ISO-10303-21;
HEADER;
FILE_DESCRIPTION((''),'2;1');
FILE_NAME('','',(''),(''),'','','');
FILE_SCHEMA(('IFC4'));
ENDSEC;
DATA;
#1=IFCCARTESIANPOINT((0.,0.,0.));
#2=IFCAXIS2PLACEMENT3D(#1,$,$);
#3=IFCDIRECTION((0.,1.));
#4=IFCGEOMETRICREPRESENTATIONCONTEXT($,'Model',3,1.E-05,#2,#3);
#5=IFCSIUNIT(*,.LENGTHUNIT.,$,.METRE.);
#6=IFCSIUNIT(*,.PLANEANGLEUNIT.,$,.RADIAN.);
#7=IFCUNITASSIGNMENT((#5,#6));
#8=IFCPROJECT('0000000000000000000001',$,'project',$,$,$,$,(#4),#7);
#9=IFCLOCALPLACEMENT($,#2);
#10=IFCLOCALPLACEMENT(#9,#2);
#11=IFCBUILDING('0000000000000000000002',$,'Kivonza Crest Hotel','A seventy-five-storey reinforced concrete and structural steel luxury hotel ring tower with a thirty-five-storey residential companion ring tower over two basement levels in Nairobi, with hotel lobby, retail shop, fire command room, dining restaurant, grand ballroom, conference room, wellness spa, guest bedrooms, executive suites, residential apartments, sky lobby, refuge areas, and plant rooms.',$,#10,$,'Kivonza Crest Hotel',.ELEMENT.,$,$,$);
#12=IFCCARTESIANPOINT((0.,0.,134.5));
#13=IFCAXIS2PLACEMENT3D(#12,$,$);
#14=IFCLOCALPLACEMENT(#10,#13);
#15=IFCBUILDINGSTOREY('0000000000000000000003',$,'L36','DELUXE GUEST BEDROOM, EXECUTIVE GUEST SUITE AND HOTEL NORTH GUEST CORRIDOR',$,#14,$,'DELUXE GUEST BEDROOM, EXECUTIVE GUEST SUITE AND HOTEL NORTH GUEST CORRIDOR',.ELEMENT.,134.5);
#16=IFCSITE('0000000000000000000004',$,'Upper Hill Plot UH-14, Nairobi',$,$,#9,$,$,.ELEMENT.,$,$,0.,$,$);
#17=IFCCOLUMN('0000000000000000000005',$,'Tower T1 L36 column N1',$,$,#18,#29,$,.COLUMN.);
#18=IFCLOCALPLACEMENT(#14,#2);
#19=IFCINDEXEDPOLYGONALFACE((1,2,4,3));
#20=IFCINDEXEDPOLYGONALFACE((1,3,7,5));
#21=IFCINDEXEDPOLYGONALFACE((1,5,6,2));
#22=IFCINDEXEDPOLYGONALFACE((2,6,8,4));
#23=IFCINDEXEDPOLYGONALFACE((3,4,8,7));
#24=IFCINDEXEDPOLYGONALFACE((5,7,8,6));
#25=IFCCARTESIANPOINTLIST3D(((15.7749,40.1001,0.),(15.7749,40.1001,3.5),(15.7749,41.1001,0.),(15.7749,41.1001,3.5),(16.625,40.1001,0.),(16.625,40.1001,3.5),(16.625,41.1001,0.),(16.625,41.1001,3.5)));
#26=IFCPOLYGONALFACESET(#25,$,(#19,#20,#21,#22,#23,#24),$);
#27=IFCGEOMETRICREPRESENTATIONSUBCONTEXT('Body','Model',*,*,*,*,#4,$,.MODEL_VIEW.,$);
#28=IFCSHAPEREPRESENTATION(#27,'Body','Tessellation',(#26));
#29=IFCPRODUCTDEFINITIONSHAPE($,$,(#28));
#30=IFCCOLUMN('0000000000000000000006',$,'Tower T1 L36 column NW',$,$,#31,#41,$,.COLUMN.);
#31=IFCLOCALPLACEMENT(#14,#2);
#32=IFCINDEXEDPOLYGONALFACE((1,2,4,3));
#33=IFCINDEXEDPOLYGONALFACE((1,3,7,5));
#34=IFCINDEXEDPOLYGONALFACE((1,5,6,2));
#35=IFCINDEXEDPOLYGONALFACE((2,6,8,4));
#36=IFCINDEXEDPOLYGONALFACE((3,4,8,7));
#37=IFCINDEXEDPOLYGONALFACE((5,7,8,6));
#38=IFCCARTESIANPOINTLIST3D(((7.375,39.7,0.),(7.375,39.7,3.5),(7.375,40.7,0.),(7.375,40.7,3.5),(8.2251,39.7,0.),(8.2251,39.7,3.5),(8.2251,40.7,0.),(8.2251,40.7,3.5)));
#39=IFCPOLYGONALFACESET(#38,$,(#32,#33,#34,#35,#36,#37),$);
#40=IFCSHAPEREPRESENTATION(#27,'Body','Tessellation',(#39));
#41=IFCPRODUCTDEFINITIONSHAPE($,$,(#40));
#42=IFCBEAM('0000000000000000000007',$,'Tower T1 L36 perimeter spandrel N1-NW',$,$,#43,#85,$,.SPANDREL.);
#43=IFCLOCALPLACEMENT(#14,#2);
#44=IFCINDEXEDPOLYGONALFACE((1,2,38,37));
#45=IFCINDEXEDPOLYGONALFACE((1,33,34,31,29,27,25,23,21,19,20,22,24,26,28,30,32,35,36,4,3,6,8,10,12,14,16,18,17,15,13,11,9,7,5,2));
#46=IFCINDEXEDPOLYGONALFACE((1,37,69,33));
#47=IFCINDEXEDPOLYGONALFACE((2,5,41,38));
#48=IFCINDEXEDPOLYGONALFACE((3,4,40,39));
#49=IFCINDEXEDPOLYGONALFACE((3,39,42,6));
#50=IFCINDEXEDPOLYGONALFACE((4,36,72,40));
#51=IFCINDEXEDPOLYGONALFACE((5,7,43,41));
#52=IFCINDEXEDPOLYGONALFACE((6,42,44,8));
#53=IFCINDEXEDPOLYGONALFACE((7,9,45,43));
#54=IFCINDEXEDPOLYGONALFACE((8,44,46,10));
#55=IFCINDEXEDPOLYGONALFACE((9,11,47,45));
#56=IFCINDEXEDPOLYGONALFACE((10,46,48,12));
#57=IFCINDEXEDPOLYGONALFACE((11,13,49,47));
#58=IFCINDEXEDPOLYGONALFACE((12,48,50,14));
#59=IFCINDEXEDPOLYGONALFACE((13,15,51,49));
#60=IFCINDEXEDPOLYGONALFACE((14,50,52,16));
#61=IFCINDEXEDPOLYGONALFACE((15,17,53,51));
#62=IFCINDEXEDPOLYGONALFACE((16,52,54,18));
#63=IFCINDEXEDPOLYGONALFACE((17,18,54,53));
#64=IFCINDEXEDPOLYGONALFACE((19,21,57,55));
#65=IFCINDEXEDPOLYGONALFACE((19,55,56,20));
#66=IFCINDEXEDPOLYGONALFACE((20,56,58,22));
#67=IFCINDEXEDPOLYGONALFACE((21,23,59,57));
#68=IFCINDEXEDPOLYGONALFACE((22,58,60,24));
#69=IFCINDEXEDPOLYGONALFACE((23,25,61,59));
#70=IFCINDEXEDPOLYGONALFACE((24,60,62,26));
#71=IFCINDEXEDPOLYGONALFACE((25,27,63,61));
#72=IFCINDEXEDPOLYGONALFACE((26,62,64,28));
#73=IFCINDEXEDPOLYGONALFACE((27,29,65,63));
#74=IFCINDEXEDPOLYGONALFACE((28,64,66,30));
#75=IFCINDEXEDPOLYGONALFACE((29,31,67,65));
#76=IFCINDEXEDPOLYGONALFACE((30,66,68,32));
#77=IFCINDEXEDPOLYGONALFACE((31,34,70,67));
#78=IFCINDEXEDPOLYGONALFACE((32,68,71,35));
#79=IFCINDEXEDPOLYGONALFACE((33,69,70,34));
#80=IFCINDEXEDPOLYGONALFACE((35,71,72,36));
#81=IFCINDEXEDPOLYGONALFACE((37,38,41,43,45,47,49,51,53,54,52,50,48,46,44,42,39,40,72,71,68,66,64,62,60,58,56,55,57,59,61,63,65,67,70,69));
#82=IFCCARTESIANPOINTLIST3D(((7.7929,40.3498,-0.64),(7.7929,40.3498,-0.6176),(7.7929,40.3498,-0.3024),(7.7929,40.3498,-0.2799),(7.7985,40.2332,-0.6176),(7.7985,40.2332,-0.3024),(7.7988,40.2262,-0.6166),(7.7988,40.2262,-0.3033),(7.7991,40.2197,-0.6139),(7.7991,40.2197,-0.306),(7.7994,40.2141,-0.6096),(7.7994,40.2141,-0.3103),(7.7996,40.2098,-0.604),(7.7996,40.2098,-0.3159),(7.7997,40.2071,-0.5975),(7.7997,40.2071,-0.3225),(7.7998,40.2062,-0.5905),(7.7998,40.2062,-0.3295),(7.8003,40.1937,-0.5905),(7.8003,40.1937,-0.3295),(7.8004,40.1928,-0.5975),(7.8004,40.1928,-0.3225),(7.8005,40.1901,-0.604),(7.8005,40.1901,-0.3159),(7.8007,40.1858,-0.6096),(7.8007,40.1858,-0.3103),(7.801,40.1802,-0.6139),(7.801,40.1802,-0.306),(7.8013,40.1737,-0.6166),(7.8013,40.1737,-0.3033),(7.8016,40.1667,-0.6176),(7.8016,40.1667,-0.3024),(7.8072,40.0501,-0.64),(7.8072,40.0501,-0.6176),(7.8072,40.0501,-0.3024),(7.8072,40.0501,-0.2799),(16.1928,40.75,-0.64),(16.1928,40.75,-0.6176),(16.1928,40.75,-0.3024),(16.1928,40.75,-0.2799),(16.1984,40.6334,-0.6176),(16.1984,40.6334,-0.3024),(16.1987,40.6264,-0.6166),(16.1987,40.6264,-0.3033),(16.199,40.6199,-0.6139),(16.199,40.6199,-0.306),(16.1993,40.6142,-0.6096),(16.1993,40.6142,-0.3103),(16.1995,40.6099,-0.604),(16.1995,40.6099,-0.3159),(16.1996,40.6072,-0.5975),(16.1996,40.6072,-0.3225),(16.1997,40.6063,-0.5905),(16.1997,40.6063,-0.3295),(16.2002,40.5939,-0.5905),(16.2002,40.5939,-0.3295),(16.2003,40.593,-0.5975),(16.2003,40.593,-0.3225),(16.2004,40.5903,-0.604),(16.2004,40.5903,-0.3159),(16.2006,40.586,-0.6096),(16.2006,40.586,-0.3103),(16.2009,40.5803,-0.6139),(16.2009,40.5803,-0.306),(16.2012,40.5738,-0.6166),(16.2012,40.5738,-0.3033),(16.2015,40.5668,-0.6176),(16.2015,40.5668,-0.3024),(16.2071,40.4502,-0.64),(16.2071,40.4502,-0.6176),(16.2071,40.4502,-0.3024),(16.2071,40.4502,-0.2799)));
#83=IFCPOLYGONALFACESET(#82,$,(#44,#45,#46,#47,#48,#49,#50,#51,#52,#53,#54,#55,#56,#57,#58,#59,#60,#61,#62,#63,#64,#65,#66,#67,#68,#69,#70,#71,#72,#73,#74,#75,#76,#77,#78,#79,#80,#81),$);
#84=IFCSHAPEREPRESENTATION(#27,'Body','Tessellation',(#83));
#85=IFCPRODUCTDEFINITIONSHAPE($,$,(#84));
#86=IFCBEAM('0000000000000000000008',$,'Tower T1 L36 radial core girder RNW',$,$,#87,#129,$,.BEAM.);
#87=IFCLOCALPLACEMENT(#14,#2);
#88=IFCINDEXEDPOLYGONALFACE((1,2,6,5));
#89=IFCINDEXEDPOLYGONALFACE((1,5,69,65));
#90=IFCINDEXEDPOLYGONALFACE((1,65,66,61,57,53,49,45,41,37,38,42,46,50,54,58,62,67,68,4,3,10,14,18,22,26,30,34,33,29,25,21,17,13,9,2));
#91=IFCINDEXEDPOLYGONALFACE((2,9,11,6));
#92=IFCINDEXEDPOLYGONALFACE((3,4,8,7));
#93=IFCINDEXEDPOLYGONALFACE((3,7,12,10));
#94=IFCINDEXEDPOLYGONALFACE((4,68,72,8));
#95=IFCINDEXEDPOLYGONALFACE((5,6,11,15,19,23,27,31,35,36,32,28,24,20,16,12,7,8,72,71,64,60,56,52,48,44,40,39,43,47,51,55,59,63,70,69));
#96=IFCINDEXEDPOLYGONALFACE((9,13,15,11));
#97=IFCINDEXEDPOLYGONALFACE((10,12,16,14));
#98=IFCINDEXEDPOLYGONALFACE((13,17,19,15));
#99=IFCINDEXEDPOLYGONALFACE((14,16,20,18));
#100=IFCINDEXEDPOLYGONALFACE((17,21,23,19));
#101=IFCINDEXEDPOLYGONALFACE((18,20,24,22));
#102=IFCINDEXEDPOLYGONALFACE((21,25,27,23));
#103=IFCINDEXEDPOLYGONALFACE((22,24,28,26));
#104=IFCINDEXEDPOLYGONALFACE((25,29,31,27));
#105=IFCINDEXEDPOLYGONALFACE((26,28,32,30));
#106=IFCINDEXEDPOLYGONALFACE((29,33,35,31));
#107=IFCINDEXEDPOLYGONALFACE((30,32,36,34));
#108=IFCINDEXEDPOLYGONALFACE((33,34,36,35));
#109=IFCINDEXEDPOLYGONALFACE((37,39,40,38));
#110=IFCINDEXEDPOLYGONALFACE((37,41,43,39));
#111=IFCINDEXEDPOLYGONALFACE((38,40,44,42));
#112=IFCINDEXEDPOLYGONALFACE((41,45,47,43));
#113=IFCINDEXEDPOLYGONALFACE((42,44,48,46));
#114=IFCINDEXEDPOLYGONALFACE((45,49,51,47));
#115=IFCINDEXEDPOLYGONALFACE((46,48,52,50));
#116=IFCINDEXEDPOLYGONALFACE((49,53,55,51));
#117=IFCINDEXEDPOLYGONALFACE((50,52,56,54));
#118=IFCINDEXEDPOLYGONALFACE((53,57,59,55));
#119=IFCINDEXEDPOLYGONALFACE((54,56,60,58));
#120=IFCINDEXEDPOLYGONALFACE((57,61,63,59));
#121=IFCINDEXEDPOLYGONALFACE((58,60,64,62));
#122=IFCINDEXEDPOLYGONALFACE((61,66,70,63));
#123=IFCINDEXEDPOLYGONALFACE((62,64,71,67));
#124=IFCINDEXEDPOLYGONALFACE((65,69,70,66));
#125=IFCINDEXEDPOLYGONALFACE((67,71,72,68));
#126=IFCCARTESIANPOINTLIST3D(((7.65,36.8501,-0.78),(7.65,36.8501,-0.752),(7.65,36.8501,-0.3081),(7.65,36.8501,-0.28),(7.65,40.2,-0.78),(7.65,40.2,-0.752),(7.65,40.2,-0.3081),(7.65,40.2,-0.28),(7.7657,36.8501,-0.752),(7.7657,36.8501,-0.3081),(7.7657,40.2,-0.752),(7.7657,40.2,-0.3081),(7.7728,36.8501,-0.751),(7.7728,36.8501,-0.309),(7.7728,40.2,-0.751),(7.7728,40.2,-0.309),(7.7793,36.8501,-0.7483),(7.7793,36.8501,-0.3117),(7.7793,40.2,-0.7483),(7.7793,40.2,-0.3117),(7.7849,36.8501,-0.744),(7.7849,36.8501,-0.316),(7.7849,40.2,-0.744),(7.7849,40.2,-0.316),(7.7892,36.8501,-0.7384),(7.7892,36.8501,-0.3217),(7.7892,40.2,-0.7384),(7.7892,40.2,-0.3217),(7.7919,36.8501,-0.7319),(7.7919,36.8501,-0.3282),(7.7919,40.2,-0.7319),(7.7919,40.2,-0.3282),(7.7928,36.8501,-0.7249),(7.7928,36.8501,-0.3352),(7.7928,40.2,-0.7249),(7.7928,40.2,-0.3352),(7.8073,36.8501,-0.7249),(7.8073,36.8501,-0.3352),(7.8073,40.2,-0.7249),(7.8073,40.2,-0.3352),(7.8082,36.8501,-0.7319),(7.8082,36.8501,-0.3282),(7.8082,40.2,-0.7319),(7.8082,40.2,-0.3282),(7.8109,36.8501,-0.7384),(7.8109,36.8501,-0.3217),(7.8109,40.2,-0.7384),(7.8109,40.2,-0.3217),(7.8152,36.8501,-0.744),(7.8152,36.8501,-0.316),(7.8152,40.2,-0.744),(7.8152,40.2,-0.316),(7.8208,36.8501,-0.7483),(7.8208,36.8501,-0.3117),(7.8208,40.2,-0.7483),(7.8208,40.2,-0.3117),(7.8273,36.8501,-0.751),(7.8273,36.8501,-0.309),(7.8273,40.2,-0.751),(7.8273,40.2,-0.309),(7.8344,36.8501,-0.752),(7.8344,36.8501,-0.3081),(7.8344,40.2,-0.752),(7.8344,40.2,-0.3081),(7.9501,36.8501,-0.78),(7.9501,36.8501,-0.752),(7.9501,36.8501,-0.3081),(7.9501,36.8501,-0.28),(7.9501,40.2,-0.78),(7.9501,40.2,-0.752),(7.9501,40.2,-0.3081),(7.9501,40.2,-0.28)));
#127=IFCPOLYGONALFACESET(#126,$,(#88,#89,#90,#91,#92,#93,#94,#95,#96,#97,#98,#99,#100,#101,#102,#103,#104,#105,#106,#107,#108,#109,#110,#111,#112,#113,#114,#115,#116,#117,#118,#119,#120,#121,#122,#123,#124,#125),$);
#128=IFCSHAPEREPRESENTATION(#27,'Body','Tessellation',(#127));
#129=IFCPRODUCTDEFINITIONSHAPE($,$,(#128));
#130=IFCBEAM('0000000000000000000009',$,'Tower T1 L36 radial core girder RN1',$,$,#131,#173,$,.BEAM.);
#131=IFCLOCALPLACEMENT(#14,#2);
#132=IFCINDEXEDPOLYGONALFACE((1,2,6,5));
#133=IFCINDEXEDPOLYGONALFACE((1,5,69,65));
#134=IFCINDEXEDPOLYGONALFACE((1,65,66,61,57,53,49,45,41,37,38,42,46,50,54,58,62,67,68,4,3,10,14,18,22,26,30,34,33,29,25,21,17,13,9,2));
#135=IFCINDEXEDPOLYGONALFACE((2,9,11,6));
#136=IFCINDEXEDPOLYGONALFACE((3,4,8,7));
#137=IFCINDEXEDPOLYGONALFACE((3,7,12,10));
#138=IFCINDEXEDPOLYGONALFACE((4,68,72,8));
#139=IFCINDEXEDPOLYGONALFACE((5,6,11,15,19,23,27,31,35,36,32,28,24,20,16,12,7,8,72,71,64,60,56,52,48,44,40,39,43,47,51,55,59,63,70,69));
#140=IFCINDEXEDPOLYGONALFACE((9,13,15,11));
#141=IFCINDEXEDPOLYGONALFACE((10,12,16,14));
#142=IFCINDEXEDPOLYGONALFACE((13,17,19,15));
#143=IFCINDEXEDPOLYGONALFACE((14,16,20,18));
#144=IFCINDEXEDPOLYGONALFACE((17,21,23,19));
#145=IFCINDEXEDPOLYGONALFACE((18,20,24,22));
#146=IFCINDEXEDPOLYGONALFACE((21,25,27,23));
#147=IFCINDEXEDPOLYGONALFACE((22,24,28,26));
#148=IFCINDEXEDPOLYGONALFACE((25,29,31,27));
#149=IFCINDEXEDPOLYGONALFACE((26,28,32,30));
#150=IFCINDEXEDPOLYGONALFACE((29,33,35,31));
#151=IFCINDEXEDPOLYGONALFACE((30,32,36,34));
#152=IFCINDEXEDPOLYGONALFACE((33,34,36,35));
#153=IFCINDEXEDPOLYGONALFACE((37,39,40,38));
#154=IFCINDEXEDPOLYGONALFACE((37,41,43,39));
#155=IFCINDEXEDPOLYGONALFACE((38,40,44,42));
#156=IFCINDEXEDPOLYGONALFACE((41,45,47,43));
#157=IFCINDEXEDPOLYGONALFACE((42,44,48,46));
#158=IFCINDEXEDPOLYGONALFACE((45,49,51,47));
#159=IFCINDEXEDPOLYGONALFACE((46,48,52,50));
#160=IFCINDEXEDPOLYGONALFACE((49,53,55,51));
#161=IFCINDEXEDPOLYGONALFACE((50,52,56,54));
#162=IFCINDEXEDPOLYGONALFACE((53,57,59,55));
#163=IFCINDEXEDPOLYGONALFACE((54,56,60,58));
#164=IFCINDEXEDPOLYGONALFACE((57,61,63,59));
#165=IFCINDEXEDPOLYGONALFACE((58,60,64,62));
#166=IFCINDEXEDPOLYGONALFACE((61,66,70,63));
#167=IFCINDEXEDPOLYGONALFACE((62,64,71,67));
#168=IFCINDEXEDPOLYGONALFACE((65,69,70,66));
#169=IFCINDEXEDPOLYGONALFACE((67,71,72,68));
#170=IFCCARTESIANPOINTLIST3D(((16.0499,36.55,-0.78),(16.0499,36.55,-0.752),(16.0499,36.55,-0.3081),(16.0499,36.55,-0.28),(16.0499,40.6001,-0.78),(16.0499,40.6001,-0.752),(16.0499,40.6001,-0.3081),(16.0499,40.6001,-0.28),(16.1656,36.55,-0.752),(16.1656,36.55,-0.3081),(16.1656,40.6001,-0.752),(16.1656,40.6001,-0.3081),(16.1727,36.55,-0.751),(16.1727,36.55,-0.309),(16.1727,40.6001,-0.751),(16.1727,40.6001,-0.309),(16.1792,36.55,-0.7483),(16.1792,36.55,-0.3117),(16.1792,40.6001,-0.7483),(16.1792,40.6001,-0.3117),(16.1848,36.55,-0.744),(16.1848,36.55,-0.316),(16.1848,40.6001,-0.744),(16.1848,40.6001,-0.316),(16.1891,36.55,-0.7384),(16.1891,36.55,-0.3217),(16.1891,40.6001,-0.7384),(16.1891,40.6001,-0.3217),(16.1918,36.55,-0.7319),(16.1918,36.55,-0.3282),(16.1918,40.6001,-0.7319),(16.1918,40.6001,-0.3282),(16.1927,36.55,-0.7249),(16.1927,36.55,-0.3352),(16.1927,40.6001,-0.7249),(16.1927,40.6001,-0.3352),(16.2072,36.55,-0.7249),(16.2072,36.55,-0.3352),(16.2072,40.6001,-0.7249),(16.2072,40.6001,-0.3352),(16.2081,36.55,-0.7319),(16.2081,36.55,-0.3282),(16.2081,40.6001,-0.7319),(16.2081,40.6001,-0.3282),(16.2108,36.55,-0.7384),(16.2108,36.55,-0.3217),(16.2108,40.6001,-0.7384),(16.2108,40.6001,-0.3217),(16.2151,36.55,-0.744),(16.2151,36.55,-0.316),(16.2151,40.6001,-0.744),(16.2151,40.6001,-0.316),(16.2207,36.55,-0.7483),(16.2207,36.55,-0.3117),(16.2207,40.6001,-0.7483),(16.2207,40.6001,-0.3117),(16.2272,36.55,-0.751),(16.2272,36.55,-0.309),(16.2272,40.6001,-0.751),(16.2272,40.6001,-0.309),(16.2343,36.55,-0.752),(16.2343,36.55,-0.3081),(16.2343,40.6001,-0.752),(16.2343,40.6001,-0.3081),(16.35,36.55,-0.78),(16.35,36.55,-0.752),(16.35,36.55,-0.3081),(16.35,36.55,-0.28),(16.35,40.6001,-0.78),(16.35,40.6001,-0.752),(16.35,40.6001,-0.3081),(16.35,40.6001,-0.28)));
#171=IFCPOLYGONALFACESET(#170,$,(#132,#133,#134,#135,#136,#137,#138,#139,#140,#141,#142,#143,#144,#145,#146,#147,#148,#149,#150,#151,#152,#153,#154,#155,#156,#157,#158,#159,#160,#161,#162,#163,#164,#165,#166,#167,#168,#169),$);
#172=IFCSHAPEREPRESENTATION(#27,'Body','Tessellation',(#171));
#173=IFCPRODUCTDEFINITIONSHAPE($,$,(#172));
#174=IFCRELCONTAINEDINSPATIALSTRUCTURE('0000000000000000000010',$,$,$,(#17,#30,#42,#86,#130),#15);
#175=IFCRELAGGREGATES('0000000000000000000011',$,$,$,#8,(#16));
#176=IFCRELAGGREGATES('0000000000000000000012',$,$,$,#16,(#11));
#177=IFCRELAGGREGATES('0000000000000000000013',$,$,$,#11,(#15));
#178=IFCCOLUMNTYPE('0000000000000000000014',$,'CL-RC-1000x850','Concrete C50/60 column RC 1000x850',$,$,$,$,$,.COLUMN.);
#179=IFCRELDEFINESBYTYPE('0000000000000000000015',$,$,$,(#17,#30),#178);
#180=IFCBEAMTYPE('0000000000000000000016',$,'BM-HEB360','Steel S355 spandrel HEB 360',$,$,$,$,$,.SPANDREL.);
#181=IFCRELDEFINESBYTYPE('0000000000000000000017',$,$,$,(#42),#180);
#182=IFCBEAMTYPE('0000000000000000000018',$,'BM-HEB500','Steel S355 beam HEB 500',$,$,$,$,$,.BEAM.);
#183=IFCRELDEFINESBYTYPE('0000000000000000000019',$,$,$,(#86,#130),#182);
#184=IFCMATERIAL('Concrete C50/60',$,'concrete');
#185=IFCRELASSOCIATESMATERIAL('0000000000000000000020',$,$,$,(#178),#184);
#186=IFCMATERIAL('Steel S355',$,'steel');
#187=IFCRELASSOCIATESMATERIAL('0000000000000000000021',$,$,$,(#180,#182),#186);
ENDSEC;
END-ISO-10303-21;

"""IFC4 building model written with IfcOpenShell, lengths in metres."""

from ifc_helpers import new_model, si_unit, direction, frame, origin, origin_2d, place, context, subcontext, project, spatial, rectangle, i_section, extrude, material, material_profile, profile_set, type_object, element, save


model = new_model("IFC4")

# Units and contexts
model_context = context("Model", 3, precision=1e-05, world=origin(), true_north=direction((0.0, 1.0)))
body_context = subcontext(model_context, "Body", "Model", "MODEL_VIEW")
ifc_project = project(units=[si_unit("LENGTHUNIT", "METRE"), si_unit("PLANEANGLEUNIT", "RADIAN")], contexts=[model_context])

# Site, building, storey
site_placement = place(None, origin())
site = spatial("IfcSite", under=ifc_project, at=site_placement, Name="Upper Hill Plot UH-14, Nairobi", CompositionType="ELEMENT", RefElevation=0.0)
building_placement = place(site_placement, origin())
building = spatial("IfcBuilding", under=site, at=building_placement, Name="Kivonza Crest Hotel", Description="A seventy-five-storey reinforced concrete and structural steel luxury hotel ring tower with a thirty-five-storey residential companion ring tower over two basement levels in Nairobi, with hotel lobby, retail shop, fire command room, dining restaurant, grand ballroom, conference room, wellness spa, guest bedrooms, executive suites, residential apartments, sky lobby, refuge areas, and plant rooms.", LongName="Kivonza Crest Hotel", CompositionType="ELEMENT")
storey_placement = place(building_placement, frame((0.0, 0.0, 134.5)))
storey = spatial("IfcBuildingStorey", under=building, at=storey_placement, Name="L36", Description="DELUXE GUEST BEDROOM, EXECUTIVE GUEST SUITE AND HOTEL NORTH GUEST CORRIDOR", LongName="DELUXE GUEST BEDROOM, EXECUTIVE GUEST SUITE AND HOTEL NORTH GUEST CORRIDOR", CompositionType="ELEMENT", Elevation=134.5)

# Columns
ifc_material_1 = material(Name="Concrete C50/60", Category="concrete")
ifc_material_profile_1 = material_profile(ifc_material_1, rectangle(XDim=0.8501, YDim=1.0, at=origin_2d()), Name="RC 1000x850")
ifc_profile_set_1 = profile_set([ifc_material_profile_1], Name="Concrete C50/60")
column_type = type_object("IfcColumnType", Name="CL-RC-1000x850", Description="Concrete C50/60 column RC 1000x850", PredefinedType="COLUMN", material=ifc_profile_set_1)
for number, where, z_axis, x_axis, name in (
    (1, (16.2, 40.6001, 0.0), (0.0, 0.0, 1.0), (1.0, 0.0, 0.0), "Tower T1 L36 column N1"),
    (2, (7.8, 40.2, 0.0), (0.0, 0.0, 1.0), (1.0, 0.0, 0.0), "Tower T1 L36 column NW"),
):
    element("IfcColumn", number, at=place(storey_placement, frame(where, z_axis=z_axis, x_axis=x_axis)), inside=storey, type_object=column_type, Name=name, PredefinedType="COLUMN", context=body_context, shape_type="SweptSolid", body=[
        extrude(rectangle(XDim=0.8501, YDim=1.0, at=origin_2d()), origin(), (0.0, 0.0, 1.0), 3.5),
    ])

# Beams
ifc_material_2 = material(Name="Steel S355", Category="steel")
ifc_material_profile_2 = material_profile(ifc_material_2, i_section(OverallWidth=0.3, OverallDepth=0.3601, WebThickness=0.0125, FlangeThickness=0.0225, FilletRadius=0.0271, at=origin_2d()), Name="HEB 360")
ifc_profile_set_2 = profile_set([ifc_material_profile_2], Name="Steel S355")
beam_type_1 = type_object("IfcBeamType", Name="BM-HEB360", Description="Steel S355 spandrel HEB 360", PredefinedType="SPANDREL", material=ifc_profile_set_2)
beam_1_placement = place(storey_placement, frame((16.2, 40.6001, -0.46), z_axis=(-0.998867, -0.047583, 0.0), x_axis=(0.047583, -0.998867, 0.0)))
element("IfcBeam", 3, at=beam_1_placement, inside=storey, type_object=beam_type_1, Name="Tower T1 L36 perimeter spandrel N1-NW", PredefinedType="SPANDREL", context=body_context, shape_type="SweptSolid", body=[
    extrude(i_section(OverallWidth=0.3, OverallDepth=0.3601, WebThickness=0.0125, FlangeThickness=0.0225, FilletRadius=0.0271, at=origin_2d()), origin(), (0.0, 0.0, 1.0), 8.4094),
])
ifc_material_profile_3 = material_profile(ifc_material_2, i_section(OverallWidth=0.3, OverallDepth=0.5, WebThickness=0.0144, FlangeThickness=0.0281, FilletRadius=0.0271, at=origin_2d()), Name="HEB 500")
ifc_profile_set_3 = profile_set([ifc_material_profile_3], Name="Steel S355")
beam_type_2 = type_object("IfcBeamType", Name="BM-HEB500", Description="Steel S355 beam HEB 500", PredefinedType="BEAM", material=ifc_profile_set_3)
beam_2_placement = place(storey_placement, frame((7.8, 40.2, -0.53), z_axis=(0.0, -1.0, 0.0), x_axis=(1.0, 0.0, 0.0)))
element("IfcBeam", 4, at=beam_2_placement, inside=storey, type_object=beam_type_2, Name="Tower T1 L36 radial core girder RNW", PredefinedType="BEAM", context=body_context, shape_type="SweptSolid", body=[
    extrude(i_section(OverallWidth=0.3, OverallDepth=0.5, WebThickness=0.0144, FlangeThickness=0.0281, FilletRadius=0.0271, at=origin_2d()), origin(), (0.0, 0.0, 1.0), 3.3499),
])
beam_3_placement = place(storey_placement, frame((16.2, 40.6001, -0.53), z_axis=(0.0, -1.0, 0.0), x_axis=(1.0, 0.0, 0.0)))
element("IfcBeam", 5, at=beam_3_placement, inside=storey, type_object=beam_type_2, Name="Tower T1 L36 radial core girder RN1", PredefinedType="BEAM", context=body_context, shape_type="SweptSolid", body=[
    extrude(i_section(OverallWidth=0.3, OverallDepth=0.5, WebThickness=0.0144, FlangeThickness=0.0281, FilletRadius=0.0271, at=origin_2d()), origin(), (0.0, 0.0, 1.0), 4.05),
])

save(model, "model.ifc")
